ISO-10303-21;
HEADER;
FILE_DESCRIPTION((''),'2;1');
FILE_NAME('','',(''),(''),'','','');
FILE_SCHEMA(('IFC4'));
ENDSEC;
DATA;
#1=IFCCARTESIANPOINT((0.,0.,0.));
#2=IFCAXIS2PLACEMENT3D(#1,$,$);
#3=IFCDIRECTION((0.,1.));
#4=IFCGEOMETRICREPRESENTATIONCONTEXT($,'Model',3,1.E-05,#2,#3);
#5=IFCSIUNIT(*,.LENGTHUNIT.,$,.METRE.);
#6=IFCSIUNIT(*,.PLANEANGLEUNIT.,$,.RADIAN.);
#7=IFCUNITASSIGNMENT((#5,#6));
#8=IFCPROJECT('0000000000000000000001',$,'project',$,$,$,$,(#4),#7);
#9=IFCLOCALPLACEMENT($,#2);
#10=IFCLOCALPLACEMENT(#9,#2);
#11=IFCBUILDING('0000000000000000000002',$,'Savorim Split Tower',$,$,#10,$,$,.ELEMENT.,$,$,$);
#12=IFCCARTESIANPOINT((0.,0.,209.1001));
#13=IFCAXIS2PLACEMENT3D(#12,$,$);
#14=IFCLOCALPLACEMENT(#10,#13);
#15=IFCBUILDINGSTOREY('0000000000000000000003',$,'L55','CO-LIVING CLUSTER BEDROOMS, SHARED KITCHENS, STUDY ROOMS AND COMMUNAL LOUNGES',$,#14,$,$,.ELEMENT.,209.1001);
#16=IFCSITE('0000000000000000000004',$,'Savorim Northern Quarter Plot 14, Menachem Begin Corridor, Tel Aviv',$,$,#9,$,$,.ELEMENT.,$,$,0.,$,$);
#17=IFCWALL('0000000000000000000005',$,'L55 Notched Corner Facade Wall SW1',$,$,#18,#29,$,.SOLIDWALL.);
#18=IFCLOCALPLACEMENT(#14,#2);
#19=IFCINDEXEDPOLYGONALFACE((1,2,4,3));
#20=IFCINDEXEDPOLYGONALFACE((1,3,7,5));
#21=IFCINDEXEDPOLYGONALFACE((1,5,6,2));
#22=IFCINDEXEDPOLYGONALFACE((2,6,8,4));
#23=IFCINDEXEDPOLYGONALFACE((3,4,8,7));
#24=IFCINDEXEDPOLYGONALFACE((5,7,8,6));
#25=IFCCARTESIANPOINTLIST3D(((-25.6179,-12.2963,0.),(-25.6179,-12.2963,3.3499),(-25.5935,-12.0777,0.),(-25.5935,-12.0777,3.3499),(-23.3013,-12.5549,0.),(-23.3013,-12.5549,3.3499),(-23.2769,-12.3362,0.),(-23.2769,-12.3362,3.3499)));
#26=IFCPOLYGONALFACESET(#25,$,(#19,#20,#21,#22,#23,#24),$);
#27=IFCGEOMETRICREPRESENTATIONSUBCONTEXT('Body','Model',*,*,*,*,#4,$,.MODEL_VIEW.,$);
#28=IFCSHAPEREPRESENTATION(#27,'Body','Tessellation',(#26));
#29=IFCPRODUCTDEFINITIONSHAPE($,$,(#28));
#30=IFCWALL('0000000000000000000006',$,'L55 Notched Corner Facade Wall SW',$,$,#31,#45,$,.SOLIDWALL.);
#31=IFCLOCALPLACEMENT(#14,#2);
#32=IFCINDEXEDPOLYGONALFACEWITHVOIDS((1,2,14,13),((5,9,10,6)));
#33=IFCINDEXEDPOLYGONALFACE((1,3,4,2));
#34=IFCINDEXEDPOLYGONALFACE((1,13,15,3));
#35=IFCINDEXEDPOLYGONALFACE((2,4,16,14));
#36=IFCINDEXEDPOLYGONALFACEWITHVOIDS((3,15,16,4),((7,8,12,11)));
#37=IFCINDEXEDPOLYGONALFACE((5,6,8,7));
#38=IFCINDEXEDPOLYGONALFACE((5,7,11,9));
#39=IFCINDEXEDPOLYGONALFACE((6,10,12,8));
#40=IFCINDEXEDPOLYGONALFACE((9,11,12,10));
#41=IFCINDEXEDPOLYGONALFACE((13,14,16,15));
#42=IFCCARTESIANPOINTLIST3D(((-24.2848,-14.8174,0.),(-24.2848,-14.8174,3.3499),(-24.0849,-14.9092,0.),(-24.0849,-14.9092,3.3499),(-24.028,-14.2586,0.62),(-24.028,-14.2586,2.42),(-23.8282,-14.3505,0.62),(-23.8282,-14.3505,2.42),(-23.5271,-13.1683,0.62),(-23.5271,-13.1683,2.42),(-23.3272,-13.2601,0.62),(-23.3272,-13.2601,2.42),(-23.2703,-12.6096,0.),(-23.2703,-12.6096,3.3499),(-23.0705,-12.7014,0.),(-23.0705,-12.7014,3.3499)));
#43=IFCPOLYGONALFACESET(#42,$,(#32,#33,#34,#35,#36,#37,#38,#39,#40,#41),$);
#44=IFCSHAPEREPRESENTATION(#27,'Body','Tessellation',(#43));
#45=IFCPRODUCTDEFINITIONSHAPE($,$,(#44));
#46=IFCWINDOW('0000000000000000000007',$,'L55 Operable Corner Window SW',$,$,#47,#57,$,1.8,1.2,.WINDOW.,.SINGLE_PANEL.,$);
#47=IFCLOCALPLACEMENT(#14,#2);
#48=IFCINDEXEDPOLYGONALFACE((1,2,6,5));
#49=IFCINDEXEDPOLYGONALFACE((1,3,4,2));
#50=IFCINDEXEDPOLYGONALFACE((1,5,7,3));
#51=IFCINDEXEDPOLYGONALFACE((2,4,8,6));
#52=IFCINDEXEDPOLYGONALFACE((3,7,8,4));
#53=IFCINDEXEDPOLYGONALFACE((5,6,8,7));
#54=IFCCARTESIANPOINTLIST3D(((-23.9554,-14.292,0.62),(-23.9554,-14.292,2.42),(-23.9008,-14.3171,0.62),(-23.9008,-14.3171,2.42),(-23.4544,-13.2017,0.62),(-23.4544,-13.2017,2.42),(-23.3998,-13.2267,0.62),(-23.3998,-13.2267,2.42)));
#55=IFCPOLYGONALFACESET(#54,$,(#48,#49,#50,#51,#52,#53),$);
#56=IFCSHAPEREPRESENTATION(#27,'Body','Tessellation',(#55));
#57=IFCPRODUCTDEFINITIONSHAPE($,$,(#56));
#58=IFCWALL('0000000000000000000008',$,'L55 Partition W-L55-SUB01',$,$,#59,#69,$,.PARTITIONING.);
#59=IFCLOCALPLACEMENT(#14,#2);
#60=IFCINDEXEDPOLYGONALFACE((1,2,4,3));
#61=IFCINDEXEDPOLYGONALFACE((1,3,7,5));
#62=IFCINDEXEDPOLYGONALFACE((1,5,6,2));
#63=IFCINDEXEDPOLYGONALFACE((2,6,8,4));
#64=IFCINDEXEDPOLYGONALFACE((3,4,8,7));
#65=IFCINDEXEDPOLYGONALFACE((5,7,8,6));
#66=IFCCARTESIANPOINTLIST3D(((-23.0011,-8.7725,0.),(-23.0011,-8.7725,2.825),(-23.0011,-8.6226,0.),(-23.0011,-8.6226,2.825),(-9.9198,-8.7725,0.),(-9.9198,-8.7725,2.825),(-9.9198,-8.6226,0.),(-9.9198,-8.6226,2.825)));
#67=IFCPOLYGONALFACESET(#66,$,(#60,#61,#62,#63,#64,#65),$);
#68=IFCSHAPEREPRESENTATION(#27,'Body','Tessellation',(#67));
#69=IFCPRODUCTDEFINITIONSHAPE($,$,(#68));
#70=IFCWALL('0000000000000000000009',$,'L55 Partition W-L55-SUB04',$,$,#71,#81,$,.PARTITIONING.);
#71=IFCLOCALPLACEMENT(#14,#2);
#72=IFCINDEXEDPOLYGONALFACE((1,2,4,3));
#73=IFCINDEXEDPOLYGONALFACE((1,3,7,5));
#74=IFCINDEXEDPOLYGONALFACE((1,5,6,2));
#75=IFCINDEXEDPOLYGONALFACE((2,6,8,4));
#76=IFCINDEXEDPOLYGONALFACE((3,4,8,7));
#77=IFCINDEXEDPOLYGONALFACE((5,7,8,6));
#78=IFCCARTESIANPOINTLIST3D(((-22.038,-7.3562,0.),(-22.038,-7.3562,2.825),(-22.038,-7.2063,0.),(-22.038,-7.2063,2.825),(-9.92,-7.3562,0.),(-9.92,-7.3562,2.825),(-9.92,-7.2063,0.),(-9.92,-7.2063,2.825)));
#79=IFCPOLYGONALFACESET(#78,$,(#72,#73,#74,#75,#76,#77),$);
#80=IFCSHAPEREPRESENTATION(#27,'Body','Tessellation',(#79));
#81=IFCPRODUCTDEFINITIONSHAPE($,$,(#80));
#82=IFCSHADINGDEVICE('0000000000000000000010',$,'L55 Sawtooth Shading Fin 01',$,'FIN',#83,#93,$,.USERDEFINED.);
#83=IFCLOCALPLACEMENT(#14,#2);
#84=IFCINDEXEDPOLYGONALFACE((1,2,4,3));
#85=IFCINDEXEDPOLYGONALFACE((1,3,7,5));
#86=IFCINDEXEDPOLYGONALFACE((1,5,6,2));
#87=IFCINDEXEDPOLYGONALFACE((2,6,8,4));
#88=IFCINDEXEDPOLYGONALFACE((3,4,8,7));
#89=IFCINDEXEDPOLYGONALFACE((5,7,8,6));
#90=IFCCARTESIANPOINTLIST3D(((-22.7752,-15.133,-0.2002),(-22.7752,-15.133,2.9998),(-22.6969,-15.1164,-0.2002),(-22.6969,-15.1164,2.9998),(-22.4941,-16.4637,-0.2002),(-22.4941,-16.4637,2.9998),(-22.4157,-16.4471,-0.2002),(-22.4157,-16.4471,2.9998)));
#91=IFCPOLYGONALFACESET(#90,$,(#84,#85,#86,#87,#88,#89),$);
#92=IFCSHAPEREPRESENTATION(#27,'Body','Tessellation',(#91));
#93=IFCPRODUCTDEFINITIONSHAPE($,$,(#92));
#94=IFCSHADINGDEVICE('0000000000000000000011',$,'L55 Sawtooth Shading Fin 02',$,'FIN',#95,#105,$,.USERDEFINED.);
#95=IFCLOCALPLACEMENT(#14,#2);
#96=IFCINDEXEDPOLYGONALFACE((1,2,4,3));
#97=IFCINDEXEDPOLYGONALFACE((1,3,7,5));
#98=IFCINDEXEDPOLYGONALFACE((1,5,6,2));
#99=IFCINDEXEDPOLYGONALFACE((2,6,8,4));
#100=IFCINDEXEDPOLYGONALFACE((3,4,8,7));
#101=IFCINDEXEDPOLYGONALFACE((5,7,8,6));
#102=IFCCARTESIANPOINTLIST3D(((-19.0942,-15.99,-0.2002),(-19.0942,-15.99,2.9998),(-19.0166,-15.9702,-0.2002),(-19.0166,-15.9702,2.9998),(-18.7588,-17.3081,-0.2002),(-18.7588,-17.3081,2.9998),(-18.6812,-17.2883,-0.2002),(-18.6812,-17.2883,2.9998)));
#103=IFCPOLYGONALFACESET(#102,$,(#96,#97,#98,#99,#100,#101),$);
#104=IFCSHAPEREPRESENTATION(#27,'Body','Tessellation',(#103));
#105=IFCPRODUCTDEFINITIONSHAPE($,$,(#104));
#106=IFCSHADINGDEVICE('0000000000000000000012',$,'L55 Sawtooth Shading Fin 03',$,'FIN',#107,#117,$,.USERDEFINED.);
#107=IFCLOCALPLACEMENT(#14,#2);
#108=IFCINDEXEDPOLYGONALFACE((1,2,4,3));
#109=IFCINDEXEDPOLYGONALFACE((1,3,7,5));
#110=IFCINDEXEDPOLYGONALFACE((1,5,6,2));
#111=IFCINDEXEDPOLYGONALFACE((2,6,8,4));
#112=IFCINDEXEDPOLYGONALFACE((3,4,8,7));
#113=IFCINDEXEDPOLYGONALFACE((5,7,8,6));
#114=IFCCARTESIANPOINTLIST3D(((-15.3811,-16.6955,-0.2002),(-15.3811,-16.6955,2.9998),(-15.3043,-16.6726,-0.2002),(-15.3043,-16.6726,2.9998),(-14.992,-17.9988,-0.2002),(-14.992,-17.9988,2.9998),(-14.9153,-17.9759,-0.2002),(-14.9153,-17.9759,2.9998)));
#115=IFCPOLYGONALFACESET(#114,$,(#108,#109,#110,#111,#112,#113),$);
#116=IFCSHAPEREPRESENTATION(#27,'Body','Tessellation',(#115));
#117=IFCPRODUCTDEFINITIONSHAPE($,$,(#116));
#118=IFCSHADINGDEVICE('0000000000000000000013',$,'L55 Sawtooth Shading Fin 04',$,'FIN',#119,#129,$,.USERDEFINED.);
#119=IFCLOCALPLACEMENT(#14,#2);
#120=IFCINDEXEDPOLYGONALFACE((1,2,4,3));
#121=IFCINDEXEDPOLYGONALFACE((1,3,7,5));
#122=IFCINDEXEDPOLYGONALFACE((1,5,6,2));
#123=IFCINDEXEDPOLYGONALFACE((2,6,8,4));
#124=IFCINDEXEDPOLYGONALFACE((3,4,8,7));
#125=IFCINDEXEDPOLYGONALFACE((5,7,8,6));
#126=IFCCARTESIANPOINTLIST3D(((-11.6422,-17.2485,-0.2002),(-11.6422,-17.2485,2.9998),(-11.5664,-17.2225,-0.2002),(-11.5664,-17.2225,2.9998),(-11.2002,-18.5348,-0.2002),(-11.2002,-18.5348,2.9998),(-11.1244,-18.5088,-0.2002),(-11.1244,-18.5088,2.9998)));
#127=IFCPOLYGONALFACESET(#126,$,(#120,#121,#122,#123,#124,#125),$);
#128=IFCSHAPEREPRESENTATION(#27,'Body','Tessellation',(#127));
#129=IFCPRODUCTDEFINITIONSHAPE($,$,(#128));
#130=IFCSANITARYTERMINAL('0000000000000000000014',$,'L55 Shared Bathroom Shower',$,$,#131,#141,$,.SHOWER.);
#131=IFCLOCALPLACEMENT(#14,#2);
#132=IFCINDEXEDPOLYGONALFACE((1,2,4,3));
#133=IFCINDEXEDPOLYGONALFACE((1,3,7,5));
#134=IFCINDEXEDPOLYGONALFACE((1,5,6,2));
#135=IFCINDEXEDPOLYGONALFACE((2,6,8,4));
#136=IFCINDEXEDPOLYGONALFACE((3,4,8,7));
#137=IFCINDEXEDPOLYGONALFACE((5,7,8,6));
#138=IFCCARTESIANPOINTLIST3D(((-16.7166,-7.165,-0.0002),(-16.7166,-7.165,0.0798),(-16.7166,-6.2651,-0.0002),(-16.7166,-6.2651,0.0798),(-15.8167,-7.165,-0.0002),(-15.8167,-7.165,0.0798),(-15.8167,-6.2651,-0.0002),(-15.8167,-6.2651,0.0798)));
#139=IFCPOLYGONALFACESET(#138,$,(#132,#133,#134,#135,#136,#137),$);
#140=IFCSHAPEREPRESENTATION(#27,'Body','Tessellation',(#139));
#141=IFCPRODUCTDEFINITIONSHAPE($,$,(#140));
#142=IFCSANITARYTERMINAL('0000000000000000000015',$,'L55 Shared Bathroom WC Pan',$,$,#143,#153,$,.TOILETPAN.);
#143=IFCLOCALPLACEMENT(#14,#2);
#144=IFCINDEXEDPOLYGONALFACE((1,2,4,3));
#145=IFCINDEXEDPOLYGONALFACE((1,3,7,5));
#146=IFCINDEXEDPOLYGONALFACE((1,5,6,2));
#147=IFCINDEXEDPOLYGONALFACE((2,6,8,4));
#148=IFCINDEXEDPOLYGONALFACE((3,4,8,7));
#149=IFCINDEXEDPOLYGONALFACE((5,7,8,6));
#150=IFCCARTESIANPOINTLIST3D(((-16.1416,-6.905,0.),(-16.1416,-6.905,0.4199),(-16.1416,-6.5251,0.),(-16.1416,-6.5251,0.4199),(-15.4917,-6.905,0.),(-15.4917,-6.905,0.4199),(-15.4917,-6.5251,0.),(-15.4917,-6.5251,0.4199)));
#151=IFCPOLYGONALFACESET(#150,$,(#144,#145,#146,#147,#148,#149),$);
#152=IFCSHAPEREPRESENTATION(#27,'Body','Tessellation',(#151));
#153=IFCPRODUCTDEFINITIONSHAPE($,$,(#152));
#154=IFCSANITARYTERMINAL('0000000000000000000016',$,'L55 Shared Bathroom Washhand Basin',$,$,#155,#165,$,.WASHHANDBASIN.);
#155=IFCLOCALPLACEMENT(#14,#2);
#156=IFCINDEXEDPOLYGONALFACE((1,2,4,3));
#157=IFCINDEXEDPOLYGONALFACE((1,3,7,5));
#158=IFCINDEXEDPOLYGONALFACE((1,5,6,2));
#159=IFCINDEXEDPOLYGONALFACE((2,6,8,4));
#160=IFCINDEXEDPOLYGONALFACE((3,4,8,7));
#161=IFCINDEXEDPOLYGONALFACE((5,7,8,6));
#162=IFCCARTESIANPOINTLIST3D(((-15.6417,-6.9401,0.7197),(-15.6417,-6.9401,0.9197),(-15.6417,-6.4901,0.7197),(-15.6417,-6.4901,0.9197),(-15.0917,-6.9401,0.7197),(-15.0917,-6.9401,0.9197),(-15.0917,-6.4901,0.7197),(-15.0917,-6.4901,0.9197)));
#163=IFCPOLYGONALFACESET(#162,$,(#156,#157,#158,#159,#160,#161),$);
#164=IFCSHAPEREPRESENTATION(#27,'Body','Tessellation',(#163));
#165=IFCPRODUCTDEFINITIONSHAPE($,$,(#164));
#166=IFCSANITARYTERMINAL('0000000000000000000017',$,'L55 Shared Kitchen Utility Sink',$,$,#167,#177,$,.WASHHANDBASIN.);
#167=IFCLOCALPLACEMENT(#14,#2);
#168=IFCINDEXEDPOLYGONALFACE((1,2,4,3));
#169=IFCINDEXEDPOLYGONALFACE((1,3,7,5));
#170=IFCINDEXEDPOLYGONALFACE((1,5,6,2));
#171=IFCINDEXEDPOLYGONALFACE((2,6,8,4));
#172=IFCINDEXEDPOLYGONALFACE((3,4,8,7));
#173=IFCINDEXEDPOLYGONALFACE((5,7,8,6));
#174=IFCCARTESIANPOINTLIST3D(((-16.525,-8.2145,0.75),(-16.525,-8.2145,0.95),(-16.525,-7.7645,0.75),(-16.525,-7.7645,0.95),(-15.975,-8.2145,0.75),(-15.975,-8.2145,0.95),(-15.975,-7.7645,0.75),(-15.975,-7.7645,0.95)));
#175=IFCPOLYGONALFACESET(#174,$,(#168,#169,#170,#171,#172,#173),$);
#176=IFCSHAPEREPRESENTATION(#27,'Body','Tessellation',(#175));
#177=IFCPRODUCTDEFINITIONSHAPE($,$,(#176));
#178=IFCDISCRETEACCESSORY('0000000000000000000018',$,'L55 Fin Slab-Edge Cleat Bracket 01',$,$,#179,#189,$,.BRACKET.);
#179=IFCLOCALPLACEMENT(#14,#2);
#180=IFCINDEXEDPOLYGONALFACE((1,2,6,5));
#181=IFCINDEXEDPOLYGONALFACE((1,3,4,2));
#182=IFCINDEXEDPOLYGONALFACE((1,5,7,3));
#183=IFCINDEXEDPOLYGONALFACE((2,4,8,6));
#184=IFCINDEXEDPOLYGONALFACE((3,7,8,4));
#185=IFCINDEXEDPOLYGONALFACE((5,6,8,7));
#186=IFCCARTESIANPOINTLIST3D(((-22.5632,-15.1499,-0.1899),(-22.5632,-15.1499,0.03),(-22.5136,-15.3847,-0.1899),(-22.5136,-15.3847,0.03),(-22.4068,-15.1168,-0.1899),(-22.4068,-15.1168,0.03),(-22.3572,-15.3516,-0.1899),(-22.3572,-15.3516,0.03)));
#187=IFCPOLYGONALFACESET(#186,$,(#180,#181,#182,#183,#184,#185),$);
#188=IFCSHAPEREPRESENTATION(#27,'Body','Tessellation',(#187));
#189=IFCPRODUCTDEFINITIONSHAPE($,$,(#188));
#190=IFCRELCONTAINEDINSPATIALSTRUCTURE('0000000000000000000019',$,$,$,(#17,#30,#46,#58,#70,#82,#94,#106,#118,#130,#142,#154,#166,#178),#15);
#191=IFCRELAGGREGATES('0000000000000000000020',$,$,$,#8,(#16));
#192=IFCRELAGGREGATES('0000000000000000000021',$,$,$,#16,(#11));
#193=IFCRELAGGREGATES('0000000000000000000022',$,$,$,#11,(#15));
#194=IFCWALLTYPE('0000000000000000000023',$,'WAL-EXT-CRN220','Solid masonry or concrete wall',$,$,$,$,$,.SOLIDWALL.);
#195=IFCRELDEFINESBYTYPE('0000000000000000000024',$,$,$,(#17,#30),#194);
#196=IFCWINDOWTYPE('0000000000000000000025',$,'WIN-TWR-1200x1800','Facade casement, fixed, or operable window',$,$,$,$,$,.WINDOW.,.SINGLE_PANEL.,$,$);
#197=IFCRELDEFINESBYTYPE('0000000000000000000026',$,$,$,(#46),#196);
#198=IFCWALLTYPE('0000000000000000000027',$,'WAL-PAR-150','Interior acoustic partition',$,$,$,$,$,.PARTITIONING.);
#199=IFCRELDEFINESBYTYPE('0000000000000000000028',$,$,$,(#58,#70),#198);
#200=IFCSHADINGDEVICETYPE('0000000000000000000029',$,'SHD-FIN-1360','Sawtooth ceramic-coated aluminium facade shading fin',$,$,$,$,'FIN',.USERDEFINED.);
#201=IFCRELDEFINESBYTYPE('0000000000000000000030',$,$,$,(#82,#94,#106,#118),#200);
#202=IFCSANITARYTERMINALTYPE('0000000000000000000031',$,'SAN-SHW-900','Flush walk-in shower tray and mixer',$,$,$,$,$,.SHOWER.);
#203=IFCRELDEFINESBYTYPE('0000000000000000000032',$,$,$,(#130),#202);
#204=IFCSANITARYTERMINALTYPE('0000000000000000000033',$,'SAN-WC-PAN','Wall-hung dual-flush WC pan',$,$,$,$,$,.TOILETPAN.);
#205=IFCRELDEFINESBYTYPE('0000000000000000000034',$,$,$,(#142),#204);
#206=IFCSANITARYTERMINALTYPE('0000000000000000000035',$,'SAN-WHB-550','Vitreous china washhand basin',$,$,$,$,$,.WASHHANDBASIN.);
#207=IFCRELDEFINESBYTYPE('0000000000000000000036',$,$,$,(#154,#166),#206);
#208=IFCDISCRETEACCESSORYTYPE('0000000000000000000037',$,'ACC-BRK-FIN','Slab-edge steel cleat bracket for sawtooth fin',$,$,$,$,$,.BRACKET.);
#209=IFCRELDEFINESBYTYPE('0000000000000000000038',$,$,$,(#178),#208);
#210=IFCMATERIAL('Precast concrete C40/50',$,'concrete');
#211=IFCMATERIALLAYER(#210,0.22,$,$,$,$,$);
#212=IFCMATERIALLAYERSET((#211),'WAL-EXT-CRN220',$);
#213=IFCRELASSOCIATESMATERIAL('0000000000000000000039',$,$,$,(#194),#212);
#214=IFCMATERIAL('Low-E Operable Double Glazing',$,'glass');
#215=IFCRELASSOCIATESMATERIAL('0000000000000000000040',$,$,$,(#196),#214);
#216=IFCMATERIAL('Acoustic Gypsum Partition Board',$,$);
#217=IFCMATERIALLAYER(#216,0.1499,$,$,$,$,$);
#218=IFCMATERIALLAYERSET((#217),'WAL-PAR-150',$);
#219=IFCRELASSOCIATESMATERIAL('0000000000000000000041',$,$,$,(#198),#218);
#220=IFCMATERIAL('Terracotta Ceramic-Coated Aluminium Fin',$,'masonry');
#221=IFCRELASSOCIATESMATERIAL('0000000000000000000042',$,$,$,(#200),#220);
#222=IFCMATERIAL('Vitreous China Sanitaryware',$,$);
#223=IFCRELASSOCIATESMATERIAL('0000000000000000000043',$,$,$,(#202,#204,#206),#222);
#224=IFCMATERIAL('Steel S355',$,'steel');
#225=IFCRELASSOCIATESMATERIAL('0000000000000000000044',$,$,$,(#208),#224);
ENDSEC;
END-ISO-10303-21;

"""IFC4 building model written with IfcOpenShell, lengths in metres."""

from ifc_helpers import new_model, si_unit, direction, frame, frame_2d, origin, origin_2d, place, context, subcontext, project, spatial, rectangle, extrude, material, layer, layer_set, type_object, element, fill, save


model = new_model("IFC4")

# Units and contexts
model_context = context("Model", 3, precision=1e-05, world=origin(), true_north=direction((0.0, 1.0)))
body_context = subcontext(model_context, "Body", "Model", "MODEL_VIEW")
ifc_project = project(units=[si_unit("LENGTHUNIT", "METRE"), si_unit("PLANEANGLEUNIT", "RADIAN")], contexts=[model_context])

# Site, building, storey
site_placement = place(None, origin())
site = spatial("IfcSite", under=ifc_project, at=site_placement, Name="Savorim Northern Quarter Plot 14, Menachem Begin Corridor, Tel Aviv", CompositionType="ELEMENT", RefElevation=0.0)
building_placement = place(site_placement, origin())
building = spatial("IfcBuilding", under=site, at=building_placement, Name="Savorim Split Tower", CompositionType="ELEMENT")
storey_placement = place(building_placement, frame((0.0, 0.0, 209.1001)))
storey = spatial("IfcBuildingStorey", under=building, at=storey_placement, Name="L55", Description="CO-LIVING CLUSTER BEDROOMS, SHARED KITCHENS, STUDY ROOMS AND COMMUNAL LOUNGES", CompositionType="ELEMENT", Elevation=209.1001)

# Shared definitions
ifc_material_1 = material(Name="Steel S355", Category="steel")

# Wall
ifc_material_2 = material(Name="Precast concrete C40/50", Category="concrete")
ifc_layer_1 = layer(ifc_material_2, 0.22)
ifc_layer_set_1 = layer_set([ifc_layer_1], Name="WAL-EXT-CRN220")
wall_type_1 = type_object("IfcWallType", Name="WAL-EXT-CRN220", Description="Solid masonry or concrete wall", PredefinedType="SOLIDWALL", material=ifc_layer_set_1)
wall_1_placement = place(storey_placement, frame((-23.2891, -12.4456, 0.0), z_axis=(0.0, 0.0, 1.0), x_axis=(-0.99383, 0.110914, 0.0)))
element("IfcWall", 1, at=wall_1_placement, inside=storey, type_object=wall_type_1, Name="L55 Notched Corner Facade Wall SW1", PredefinedType="SOLIDWALL", context=body_context, shape_type="SweptSolid", body=[
    extrude(rectangle(XDim=2.3311, YDim=0.22, at=frame_2d((1.1655, 0.0))), origin(), (0.0, 0.0, 1.0), 3.3499),
])

# Wall, opening, window
wall_2_placement = place(storey_placement, frame((-24.1848, -14.8633, 0.0), z_axis=(0.0, 0.0, 1.0), x_axis=(0.417509, 0.908673, 0.0)))
wall_2 = element("IfcWall", 2, at=wall_2_placement, inside=storey, type_object=wall_type_1, Name="L55 Notched Corner Facade Wall SW", PredefinedType="SOLIDWALL", context=body_context, shape_type="SweptSolid", body=[
    extrude(rectangle(XDim=2.4297, YDim=0.22, at=frame_2d((1.2148, 0.0))), origin(), (0.0, 0.0, 1.0), 3.3499),
])
opening_placement = place(wall_2_placement, frame((0.6147, 0.0, 0.6201)))
opening = element("IfcOpeningElement", 3, at=opening_placement, cuts=wall_2, PredefinedType="OPENING", context=body_context, shape_type="SweptSolid", body=[
    extrude(rectangle(XDim=1.2, YDim=1.8, at=frame_2d((0.6001, 0.8999))), frame((0.0, 0.1199, 0.0), z_axis=(0.0, -1.0, 0.0), x_axis=(1.0, 0.0, 0.0)), (0.0, 0.0, 1.0), 0.24),
])
ifc_material_3 = material(Name="Low-E Operable Double Glazing", Category="glass")
window_type = type_object("IfcWindowType", Name="WIN-TWR-1200x1800", Description="Facade casement, fixed, or operable window", PartitioningType="SINGLE_PANEL", PredefinedType="WINDOW", material=ifc_material_3)
window_placement = place(opening_placement, origin())
window = element("IfcWindow", 4, at=window_placement, inside=storey, type_object=window_type, Name="L55 Operable Corner Window SW", OverallHeight=1.8, OverallWidth=1.2, PartitioningType="SINGLE_PANEL", PredefinedType="WINDOW", context=body_context, shape_type="SweptSolid", body=[
    extrude(rectangle(XDim=1.2, YDim=1.8, at=frame_2d((0.6001, 0.8999))), frame((0.0, 0.03, 0.0), z_axis=(0.0, -1.0, 0.0), x_axis=(1.0, 0.0, 0.0)), (0.0, 0.0, 1.0), 0.0601),
])
fill(opening, window)

# Walls
ifc_material_4 = material(Name="Acoustic Gypsum Partition Board")
ifc_layer_2 = layer(ifc_material_4, 0.1499)
ifc_layer_set_2 = layer_set([ifc_layer_2], Name="WAL-PAR-150")
wall_type_2 = type_object("IfcWallType", Name="WAL-PAR-150", Description="Interior acoustic partition", PredefinedType="PARTITIONING", material=ifc_layer_set_2)
wall_3_placement = place(storey_placement, frame((-9.9199, -8.6975, 0.0), z_axis=(0.0, 0.0, 1.0), x_axis=(-1.0, 0.0, 0.0)))
element("IfcWall", 5, at=wall_3_placement, inside=storey, type_object=wall_type_2, Name="L55 Partition W-L55-SUB01", PredefinedType="PARTITIONING", context=body_context, shape_type="SweptSolid", body=[
    extrude(rectangle(XDim=13.0813, YDim=0.1499, at=frame_2d((6.5405, 0.0))), origin(), (0.0, 0.0, 1.0), 2.825),
])
wall_4_placement = place(storey_placement, frame((-9.9199, -7.2812, 0.0), z_axis=(0.0, 0.0, 1.0), x_axis=(-1.0, 0.0, 0.0)))
element("IfcWall", 6, at=wall_4_placement, inside=storey, type_object=wall_type_2, Name="L55 Partition W-L55-SUB04", PredefinedType="PARTITIONING", context=body_context, shape_type="SweptSolid", body=[
    extrude(rectangle(XDim=12.1179, YDim=0.1499, at=frame_2d((6.0591, 0.0))), origin(), (0.0, 0.0, 1.0), 2.825),
])

# Shading devices
ifc_material_5 = material(Name="Terracotta Ceramic-Coated Aluminium Fin", Category="masonry")
shading_device_type = type_object("IfcShadingDeviceType", Name="SHD-FIN-1360", Description="Sawtooth ceramic-coated aluminium facade shading fin", ElementType="FIN", PredefinedType="USERDEFINED", material=ifc_material_5)
for number, where, z_axis, x_axis, name in (
    (7, (-22.5955, -15.79, -0.2002), (0.0, 0.0, 1.0), (0.206722, -0.9784, 0.0), "L55 Sawtooth Shading Fin 01"),
    (8, (-18.8877, -16.6392, -0.2002), (0.0, 0.0, 1.0), (0.246581, -0.969122, 0.0), "L55 Sawtooth Shading Fin 02"),
    (9, (-15.1482, -17.3357, -0.2002), (0.0, 0.0, 1.0), (0.286026, -0.958222, 0.0), "L55 Sawtooth Shading Fin 03"),
    (10, (-11.3833, -17.8787, -0.2002), (0.0, 0.0, 1.0), (0.324994, -0.945716, 0.0), "L55 Sawtooth Shading Fin 04"),
):
    element("IfcShadingDevice", number, at=place(storey_placement, frame(where, z_axis=z_axis, x_axis=x_axis)), inside=storey, type_object=shading_device_type, Name=name, ObjectType="FIN", PredefinedType="USERDEFINED", context=body_context, shape_type="SweptSolid", body=[
        extrude(rectangle(XDim=1.3601, YDim=0.0801, at=origin_2d()), origin(), (0.0, 0.0, 1.0), 3.2),
    ])

# Sanitary terminals
ifc_material_6 = material(Name="Vitreous China Sanitaryware")
sanitary_terminal_type_1 = type_object("IfcSanitaryTerminalType", Name="SAN-SHW-900", Description="Flush walk-in shower tray and mixer", PredefinedType="SHOWER", material=ifc_material_6)
sanitary_terminal_1_placement = place(storey_placement, frame((-16.2666, -6.7151, -0.0002), z_axis=(0.0, 0.0, 1.0), x_axis=(1.0, 0.0, 0.0)))
element("IfcSanitaryTerminal", 11, at=sanitary_terminal_1_placement, inside=storey, type_object=sanitary_terminal_type_1, Name="L55 Shared Bathroom Shower", PredefinedType="SHOWER", context=body_context, shape_type="SweptSolid", body=[
    extrude(rectangle(XDim=0.8999, YDim=0.8999, at=origin_2d()), origin(), (0.0, 0.0, 1.0), 0.0801),
])
sanitary_terminal_type_2 = type_object("IfcSanitaryTerminalType", Name="SAN-WC-PAN", Description="Wall-hung dual-flush WC pan", PredefinedType="TOILETPAN", material=ifc_material_6)
sanitary_terminal_2_placement = place(storey_placement, frame((-15.8167, -6.7151, 0.0), z_axis=(0.0, 0.0, 1.0), x_axis=(1.0, 0.0, 0.0)))
element("IfcSanitaryTerminal", 12, at=sanitary_terminal_2_placement, inside=storey, type_object=sanitary_terminal_type_2, Name="L55 Shared Bathroom WC Pan", PredefinedType="TOILETPAN", context=body_context, shape_type="SweptSolid", body=[
    extrude(rectangle(XDim=0.6499, YDim=0.3799, at=origin_2d()), origin(), (0.0, 0.0, 1.0), 0.4199),
])
sanitary_terminal_type_3 = type_object("IfcSanitaryTerminalType", Name="SAN-WHB-550", Description="Vitreous china washhand basin", PredefinedType="WASHHANDBASIN", material=ifc_material_6)
for number, where, z_axis, x_axis, name in (
    (13, (-15.3667, -6.7151, 0.7197), (0.0, 0.0, 1.0), (1.0, 0.0, 0.0), "L55 Shared Bathroom Washhand Basin"),
    (14, (-16.25, -7.9895, 0.75), (0.0, 0.0, 1.0), (1.0, 0.0, 0.0), "L55 Shared Kitchen Utility Sink"),
):
    element("IfcSanitaryTerminal", number, at=place(storey_placement, frame(where, z_axis=z_axis, x_axis=x_axis)), inside=storey, type_object=sanitary_terminal_type_3, Name=name, PredefinedType="WASHHANDBASIN", context=body_context, shape_type="SweptSolid", body=[
        extrude(rectangle(XDim=0.55, YDim=0.45, at=origin_2d()), origin(), (0.0, 0.0, 1.0), 0.2),
    ])

# Discrete accessory
discrete_accessory_type = type_object("IfcDiscreteAccessoryType", Name="ACC-BRK-FIN", Description="Slab-edge steel cleat bracket for sawtooth fin", PredefinedType="BRACKET", material=ifc_material_1)
for number, where, z_axis, x_axis, name in (
    (15, (-22.4602, -15.2507, -0.1899), (0.0, 0.0, 1.0), (0.206722, -0.9784, 0.0), "L55 Fin Slab-Edge Cleat Bracket 01"),
):
    element("IfcDiscreteAccessory", number, at=place(storey_placement, frame(where, z_axis=z_axis, x_axis=x_axis)), inside=storey, type_object=discrete_accessory_type, Name=name, PredefinedType="BRACKET", context=body_context, shape_type="SweptSolid", body=[
        extrude(rectangle(XDim=0.24, YDim=0.1599, at=origin_2d()), origin(), (0.0, 0.0, 1.0), 0.22),
    ])

save(model, "model.ifc")
